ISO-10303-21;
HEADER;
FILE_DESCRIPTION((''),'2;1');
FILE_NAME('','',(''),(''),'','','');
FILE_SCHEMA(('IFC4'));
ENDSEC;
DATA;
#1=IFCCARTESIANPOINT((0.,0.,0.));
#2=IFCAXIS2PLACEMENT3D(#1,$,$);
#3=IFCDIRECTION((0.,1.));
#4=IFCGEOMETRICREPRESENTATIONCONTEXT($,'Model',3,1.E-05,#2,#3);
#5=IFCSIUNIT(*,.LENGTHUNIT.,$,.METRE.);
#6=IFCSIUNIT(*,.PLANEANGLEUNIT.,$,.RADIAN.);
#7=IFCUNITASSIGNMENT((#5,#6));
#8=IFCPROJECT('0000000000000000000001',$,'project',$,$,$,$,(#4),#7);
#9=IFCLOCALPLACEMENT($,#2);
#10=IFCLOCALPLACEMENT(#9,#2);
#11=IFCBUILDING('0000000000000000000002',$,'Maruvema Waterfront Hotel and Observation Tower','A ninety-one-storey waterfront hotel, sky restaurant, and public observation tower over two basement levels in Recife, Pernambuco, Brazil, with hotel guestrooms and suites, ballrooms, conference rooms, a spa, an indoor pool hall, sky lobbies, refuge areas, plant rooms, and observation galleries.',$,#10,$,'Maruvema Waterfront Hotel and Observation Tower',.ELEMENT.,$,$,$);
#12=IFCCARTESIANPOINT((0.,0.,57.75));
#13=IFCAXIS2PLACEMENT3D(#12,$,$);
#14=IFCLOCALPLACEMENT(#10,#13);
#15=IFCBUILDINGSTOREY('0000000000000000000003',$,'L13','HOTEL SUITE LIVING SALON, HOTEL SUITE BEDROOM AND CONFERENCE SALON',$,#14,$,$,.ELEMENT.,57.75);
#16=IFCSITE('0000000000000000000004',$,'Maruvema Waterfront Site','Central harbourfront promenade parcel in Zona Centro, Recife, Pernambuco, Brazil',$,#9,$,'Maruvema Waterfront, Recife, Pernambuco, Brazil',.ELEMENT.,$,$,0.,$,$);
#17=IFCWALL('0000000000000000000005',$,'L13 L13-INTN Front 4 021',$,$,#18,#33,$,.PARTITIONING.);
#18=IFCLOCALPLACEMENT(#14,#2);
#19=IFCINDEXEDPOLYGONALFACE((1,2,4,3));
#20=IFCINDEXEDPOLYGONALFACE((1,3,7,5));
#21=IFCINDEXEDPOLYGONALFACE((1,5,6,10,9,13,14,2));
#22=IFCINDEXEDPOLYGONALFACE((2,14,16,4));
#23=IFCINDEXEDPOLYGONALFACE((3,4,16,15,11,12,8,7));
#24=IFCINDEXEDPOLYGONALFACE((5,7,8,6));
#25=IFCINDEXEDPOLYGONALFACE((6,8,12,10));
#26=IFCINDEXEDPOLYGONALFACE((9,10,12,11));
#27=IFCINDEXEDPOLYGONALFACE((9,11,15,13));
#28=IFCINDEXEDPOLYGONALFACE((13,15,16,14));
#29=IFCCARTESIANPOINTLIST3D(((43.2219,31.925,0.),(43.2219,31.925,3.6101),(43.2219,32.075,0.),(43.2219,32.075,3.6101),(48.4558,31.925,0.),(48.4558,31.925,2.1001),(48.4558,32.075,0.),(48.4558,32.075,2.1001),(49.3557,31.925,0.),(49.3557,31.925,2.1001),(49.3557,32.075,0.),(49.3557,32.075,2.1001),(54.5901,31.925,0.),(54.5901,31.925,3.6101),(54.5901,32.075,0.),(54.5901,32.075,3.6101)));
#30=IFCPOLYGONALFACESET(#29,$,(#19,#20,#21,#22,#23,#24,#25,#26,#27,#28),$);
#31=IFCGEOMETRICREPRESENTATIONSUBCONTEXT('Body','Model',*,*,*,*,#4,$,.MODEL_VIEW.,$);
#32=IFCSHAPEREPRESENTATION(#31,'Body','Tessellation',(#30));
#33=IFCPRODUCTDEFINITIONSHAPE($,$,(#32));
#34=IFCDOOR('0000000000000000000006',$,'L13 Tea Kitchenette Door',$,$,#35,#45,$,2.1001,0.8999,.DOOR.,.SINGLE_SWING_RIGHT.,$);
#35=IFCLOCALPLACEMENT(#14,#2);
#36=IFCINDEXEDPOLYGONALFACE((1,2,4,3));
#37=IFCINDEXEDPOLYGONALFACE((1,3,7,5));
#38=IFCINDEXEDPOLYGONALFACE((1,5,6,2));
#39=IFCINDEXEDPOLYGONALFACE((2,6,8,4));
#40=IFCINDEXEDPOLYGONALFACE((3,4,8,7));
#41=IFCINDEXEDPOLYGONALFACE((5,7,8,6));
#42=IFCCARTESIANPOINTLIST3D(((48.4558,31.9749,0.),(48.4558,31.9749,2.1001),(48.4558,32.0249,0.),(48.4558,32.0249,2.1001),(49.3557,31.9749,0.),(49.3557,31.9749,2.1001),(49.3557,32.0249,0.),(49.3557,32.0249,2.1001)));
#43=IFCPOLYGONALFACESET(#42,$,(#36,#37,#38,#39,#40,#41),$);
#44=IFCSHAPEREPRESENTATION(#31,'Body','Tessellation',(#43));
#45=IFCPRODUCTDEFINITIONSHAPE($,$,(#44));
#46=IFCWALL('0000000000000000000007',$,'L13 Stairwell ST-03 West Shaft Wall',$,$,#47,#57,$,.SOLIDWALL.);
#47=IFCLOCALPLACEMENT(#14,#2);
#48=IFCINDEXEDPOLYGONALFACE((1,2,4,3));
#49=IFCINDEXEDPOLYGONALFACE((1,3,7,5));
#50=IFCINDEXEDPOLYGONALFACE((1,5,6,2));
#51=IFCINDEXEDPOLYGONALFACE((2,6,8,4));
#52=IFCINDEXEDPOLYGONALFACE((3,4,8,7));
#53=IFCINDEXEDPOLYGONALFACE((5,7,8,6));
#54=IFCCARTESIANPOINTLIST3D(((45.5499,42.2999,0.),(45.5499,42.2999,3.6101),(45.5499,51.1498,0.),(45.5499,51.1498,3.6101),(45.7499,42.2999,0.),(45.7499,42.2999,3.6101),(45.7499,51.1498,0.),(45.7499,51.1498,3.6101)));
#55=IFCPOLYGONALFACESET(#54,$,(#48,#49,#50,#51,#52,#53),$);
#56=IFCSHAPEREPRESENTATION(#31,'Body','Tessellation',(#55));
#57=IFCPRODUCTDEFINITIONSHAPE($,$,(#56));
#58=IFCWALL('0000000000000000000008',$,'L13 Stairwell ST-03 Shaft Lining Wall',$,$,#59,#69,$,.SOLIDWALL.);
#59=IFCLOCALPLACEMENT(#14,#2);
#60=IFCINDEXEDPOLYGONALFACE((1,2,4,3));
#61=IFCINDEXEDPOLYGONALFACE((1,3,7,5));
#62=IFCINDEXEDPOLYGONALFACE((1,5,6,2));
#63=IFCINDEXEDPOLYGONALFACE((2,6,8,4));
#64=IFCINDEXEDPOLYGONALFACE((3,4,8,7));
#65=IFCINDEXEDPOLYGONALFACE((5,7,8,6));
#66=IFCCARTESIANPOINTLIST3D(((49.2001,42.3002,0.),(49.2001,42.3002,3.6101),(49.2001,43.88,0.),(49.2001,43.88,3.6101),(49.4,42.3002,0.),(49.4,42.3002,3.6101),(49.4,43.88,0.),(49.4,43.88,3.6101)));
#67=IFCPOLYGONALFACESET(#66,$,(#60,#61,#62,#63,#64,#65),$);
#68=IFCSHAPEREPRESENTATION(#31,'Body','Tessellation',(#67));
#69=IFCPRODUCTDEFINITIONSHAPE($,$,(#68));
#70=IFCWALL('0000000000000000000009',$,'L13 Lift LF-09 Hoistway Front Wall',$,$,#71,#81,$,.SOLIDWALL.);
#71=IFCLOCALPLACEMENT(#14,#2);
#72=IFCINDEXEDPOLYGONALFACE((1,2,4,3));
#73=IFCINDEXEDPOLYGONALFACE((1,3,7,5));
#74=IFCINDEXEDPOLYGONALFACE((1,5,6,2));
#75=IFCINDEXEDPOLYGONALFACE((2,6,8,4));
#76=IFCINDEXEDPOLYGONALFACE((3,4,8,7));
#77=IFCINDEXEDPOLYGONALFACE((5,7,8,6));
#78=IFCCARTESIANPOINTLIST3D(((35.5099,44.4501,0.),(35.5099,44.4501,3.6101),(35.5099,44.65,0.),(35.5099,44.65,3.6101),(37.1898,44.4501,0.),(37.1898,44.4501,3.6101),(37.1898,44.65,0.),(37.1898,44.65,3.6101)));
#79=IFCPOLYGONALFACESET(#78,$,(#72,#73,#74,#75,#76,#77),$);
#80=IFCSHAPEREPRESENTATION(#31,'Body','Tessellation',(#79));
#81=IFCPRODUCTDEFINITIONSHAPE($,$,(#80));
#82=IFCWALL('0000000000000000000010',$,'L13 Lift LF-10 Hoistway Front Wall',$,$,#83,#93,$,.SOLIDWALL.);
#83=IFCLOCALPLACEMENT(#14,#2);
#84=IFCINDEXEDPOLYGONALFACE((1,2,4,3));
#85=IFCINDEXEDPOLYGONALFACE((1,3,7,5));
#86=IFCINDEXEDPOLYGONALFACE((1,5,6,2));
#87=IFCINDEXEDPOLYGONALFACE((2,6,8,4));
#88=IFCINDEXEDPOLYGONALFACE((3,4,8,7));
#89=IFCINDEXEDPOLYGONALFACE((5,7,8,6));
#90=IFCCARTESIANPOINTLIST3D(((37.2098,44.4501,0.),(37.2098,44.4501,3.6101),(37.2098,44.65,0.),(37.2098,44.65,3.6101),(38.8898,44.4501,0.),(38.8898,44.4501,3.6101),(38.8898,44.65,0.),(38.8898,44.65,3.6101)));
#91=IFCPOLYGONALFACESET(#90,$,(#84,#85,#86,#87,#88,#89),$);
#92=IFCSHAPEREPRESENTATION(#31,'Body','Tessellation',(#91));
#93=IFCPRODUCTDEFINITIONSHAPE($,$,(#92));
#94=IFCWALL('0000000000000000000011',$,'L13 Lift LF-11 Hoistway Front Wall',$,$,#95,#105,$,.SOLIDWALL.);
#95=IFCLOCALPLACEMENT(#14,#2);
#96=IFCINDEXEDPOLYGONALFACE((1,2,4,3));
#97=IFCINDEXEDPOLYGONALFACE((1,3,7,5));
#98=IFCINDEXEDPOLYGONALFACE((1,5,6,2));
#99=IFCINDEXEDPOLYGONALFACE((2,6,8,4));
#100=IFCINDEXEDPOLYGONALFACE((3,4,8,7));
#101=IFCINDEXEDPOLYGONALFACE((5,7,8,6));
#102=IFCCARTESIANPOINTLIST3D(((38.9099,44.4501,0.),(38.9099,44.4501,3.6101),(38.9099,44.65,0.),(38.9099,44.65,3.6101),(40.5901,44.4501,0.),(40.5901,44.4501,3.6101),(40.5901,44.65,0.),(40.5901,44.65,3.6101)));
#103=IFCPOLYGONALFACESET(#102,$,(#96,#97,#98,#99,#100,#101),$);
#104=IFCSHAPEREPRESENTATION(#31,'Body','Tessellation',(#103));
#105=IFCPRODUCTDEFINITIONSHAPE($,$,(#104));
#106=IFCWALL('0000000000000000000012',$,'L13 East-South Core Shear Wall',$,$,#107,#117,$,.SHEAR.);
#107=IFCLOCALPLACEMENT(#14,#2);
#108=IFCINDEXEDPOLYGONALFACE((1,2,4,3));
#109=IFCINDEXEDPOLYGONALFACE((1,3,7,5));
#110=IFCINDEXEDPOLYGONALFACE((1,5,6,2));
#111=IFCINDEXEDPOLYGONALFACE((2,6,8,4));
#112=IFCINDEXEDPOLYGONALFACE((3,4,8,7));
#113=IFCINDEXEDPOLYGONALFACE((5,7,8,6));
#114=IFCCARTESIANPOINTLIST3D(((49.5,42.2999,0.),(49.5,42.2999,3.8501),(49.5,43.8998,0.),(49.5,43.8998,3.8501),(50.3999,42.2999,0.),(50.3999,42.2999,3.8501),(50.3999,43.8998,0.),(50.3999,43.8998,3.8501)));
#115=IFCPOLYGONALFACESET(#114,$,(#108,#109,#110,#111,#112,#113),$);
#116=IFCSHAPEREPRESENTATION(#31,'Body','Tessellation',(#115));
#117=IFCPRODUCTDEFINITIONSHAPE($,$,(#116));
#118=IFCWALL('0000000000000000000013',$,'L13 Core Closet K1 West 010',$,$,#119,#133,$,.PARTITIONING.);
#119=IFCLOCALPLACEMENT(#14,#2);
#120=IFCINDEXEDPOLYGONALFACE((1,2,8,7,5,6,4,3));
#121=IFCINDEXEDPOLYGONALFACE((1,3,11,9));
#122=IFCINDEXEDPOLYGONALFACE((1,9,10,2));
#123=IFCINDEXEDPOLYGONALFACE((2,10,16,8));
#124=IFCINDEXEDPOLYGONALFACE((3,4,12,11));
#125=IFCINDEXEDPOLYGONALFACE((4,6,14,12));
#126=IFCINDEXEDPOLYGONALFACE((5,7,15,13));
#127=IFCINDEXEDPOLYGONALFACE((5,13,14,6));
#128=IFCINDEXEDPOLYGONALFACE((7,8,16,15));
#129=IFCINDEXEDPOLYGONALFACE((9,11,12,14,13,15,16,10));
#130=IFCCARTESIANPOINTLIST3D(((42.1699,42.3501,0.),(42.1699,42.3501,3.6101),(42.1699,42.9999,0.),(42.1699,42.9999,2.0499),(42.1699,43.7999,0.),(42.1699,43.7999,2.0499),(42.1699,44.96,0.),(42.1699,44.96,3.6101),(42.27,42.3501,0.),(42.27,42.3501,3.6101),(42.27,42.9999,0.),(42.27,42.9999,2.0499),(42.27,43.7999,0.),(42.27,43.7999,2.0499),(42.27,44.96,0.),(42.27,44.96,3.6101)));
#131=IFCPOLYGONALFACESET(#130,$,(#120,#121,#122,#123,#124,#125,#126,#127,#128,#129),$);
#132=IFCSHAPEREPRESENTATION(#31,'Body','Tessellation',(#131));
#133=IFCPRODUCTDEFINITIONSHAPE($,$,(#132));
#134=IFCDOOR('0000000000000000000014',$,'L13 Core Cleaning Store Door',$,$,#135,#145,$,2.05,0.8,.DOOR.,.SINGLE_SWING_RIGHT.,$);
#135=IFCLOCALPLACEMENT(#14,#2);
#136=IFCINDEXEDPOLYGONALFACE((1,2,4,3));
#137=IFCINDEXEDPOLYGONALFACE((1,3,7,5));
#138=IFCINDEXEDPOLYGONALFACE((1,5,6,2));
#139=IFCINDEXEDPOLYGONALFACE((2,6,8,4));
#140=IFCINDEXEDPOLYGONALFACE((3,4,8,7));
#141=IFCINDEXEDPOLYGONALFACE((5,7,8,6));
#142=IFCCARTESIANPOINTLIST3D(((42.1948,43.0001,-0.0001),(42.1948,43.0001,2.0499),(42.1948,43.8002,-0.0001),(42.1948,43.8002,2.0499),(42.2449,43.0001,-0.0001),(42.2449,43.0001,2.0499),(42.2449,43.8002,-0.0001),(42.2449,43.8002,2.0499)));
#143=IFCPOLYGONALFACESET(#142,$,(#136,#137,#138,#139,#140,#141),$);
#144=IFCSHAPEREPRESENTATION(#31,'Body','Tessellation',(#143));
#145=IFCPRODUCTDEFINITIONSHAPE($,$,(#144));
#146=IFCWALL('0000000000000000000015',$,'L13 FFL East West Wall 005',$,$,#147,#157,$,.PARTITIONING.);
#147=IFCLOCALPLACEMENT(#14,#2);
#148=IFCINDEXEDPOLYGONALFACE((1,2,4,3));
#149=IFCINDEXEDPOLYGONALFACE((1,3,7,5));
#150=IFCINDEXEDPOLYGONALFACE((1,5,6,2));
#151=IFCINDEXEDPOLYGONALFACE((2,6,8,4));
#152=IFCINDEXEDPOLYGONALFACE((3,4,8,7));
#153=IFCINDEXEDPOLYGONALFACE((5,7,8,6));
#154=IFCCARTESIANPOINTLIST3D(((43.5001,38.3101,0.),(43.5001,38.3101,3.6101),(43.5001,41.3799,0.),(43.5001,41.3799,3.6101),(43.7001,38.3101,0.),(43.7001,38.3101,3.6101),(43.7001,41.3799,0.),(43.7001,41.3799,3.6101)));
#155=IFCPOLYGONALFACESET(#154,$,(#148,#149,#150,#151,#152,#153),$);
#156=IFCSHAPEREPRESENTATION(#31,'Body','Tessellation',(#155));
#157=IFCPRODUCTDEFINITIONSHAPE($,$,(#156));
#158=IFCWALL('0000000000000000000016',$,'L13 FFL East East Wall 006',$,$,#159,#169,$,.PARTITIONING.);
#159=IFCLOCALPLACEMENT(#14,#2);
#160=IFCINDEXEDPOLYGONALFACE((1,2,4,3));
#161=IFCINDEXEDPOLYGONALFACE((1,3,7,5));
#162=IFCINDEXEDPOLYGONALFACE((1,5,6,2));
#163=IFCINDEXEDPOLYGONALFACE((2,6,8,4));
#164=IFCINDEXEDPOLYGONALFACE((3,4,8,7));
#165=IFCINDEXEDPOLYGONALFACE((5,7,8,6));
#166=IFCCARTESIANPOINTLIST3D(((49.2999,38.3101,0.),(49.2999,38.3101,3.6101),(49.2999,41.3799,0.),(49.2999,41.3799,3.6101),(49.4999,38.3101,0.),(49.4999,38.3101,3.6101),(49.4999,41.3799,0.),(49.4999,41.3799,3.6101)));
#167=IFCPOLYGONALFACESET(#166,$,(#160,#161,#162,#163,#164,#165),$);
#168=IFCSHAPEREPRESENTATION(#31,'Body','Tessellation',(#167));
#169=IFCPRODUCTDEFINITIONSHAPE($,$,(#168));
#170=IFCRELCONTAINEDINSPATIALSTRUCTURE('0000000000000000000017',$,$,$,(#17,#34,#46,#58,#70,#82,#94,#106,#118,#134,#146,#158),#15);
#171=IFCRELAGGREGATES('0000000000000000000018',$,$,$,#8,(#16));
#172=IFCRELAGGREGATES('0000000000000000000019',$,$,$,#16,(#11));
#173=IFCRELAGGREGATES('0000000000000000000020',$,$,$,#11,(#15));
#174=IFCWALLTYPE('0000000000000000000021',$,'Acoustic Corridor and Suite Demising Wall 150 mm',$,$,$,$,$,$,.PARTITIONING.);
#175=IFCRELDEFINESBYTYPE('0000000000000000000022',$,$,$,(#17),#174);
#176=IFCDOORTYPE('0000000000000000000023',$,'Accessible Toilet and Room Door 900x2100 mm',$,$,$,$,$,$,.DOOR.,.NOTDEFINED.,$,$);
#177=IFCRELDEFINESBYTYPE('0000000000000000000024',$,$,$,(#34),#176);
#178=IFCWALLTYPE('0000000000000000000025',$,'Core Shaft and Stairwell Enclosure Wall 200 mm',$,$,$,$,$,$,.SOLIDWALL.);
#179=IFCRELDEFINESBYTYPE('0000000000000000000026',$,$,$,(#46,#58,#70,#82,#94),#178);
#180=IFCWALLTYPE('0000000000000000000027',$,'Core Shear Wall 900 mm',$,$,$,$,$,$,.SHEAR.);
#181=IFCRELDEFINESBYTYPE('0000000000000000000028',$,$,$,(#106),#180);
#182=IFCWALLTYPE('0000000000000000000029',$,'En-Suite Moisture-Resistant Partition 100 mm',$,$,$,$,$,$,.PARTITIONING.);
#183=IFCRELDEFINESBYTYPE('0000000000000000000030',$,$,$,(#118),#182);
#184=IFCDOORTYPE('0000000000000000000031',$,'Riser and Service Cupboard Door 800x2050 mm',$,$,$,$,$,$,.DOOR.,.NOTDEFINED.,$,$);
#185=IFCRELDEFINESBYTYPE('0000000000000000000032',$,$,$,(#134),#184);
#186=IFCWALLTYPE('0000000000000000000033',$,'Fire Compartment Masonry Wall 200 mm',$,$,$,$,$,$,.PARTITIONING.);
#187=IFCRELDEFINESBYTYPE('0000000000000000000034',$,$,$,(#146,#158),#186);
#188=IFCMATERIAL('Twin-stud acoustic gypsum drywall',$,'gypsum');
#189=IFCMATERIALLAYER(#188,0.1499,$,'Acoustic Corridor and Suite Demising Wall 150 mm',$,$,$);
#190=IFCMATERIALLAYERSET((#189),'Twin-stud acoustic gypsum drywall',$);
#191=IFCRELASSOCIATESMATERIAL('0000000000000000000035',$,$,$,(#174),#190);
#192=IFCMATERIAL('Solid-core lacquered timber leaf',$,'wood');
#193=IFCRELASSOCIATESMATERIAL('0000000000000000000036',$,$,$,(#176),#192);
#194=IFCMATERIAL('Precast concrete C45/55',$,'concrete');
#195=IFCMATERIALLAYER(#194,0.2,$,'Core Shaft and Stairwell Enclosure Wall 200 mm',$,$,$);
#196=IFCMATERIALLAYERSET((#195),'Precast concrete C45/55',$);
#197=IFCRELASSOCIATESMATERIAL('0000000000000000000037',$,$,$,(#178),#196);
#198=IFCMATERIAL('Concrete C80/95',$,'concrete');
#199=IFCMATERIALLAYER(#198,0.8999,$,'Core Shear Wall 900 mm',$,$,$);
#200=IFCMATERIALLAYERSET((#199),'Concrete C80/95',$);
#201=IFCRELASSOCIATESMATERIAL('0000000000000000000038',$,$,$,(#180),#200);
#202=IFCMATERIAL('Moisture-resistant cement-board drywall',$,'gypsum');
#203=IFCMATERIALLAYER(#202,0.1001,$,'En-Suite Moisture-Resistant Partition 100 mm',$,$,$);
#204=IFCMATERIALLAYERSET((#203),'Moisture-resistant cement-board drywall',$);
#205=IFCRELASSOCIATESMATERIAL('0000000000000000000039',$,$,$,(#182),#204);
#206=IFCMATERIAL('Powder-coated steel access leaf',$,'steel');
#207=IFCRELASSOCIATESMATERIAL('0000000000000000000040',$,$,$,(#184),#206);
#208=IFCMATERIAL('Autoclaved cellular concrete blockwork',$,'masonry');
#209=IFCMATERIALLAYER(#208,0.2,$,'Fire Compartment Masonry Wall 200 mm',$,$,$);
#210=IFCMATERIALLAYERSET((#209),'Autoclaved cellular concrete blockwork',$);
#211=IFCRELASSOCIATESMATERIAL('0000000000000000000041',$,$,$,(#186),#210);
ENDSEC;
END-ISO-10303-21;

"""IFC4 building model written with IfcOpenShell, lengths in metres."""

from ifc_helpers import new_model, si_unit, direction, frame, frame_2d, origin, place, context, subcontext, project, spatial, rectangle, extrude, material, layer, layer_set, type_object, element, fill, save


model = new_model("IFC4")

# Units and contexts
model_context = context("Model", 3, precision=1e-05, world=origin(), true_north=direction((0.0, 1.0)))
body_context = subcontext(model_context, "Body", "Model", "MODEL_VIEW")
ifc_project = project(units=[si_unit("LENGTHUNIT", "METRE"), si_unit("PLANEANGLEUNIT", "RADIAN")], contexts=[model_context])

# Site, building, storey
site_placement = place(None, origin())
site = spatial("IfcSite", under=ifc_project, at=site_placement, Name="Maruvema Waterfront Site", Description="Central harbourfront promenade parcel in Zona Centro, Recife, Pernambuco, Brazil", LongName="Maruvema Waterfront, Recife, Pernambuco, Brazil", CompositionType="ELEMENT", RefElevation=0.0)
building_placement = place(site_placement, origin())
building = spatial("IfcBuilding", under=site, at=building_placement, Name="Maruvema Waterfront Hotel and Observation Tower", Description="A ninety-one-storey waterfront hotel, sky restaurant, and public observation tower over two basement levels in Recife, Pernambuco, Brazil, with hotel guestrooms and suites, ballrooms, conference rooms, a spa, an indoor pool hall, sky lobbies, refuge areas, plant rooms, and observation galleries.", LongName="Maruvema Waterfront Hotel and Observation Tower", CompositionType="ELEMENT")
storey_placement = place(building_placement, frame((0.0, 0.0, 57.75)))
storey = spatial("IfcBuildingStorey", under=building, at=storey_placement, Name="L13", Description="HOTEL SUITE LIVING SALON, HOTEL SUITE BEDROOM AND CONFERENCE SALON", CompositionType="ELEMENT", Elevation=57.75)

# Wall, opening, door
ifc_material_1 = material(Name="Twin-stud acoustic gypsum drywall", Category="gypsum")
ifc_layer_1 = layer(ifc_material_1, 0.1499, Name="Acoustic Corridor and Suite Demising Wall 150 mm")
ifc_layer_set_1 = layer_set([ifc_layer_1], Name="Twin-stud acoustic gypsum drywall")
wall_type_1 = type_object("IfcWallType", Name="Acoustic Corridor and Suite Demising Wall 150 mm", PredefinedType="PARTITIONING", material=ifc_layer_set_1)
wall_1_placement = place(storey_placement, frame((43.2219, 32.0, 0.0), z_axis=(0.0, 0.0, 1.0), x_axis=(1.0, 0.0, 0.0)))
wall_1 = element("IfcWall", 1, at=wall_1_placement, inside=storey, type_object=wall_type_1, Name="L13 L13-INTN Front 4 021", PredefinedType="PARTITIONING", context=body_context, shape_type="SweptSolid", body=[
    extrude(rectangle(XDim=11.3682, YDim=0.1499, at=frame_2d((5.6841, 0.0))), origin(), (0.0, 0.0, 1.0), 3.6101),
])
opening_1_placement = place(wall_1_placement, frame((5.2339, 0.0, 0.0)))
opening_1 = element("IfcOpeningElement", 2, at=opening_1_placement, cuts=wall_1, PredefinedType="OPENING", context=body_context, shape_type="SweptSolid", body=[
    extrude(rectangle(XDim=0.8999, YDim=2.1001, at=frame_2d((0.45, 1.05))), frame((0.0, 0.085, 0.0), z_axis=(0.0, -1.0, 0.0), x_axis=(1.0, 0.0, 0.0)), (0.0, 0.0, 1.0), 0.1699),
])
ifc_material_2 = material(Name="Solid-core lacquered timber leaf", Category="wood")
door_type_1 = type_object("IfcDoorType", Name="Accessible Toilet and Room Door 900x2100 mm", OperationType="NOTDEFINED", PredefinedType="DOOR", material=ifc_material_2)
door_1_placement = place(opening_1_placement, origin())
door_1 = element("IfcDoor", 3, at=door_1_placement, inside=storey, type_object=door_type_1, Name="L13 Tea Kitchenette Door", OperationType="SINGLE_SWING_RIGHT", OverallHeight=2.1001, OverallWidth=0.8999, PredefinedType="DOOR", context=body_context, shape_type="SweptSolid", body=[
    extrude(rectangle(XDim=0.8999, YDim=2.1001, at=frame_2d((0.45, 1.05))), frame((0.0, 0.0249, 0.0), z_axis=(0.0, -1.0, 0.0), x_axis=(1.0, 0.0, 0.0)), (0.0, 0.0, 1.0), 0.05),
])
fill(opening_1, door_1)

# Walls
ifc_material_3 = material(Name="Precast concrete C45/55", Category="concrete")
ifc_layer_2 = layer(ifc_material_3, 0.2, Name="Core Shaft and Stairwell Enclosure Wall 200 mm")
ifc_layer_set_2 = layer_set([ifc_layer_2], Name="Precast concrete C45/55")
wall_type_2 = type_object("IfcWallType", Name="Core Shaft and Stairwell Enclosure Wall 200 mm", PredefinedType="SOLIDWALL", material=ifc_layer_set_2)
wall_2_placement = place(storey_placement, frame((45.6499, 42.3, 0.0), z_axis=(0.0, 0.0, 1.0), x_axis=(0.0, 1.0, 0.0)))
element("IfcWall", 4, at=wall_2_placement, inside=storey, type_object=wall_type_2, Name="L13 Stairwell ST-03 West Shaft Wall", PredefinedType="SOLIDWALL", context=body_context, shape_type="SweptSolid", body=[
    extrude(rectangle(XDim=8.8499, YDim=0.2, at=frame_2d((4.4248, 0.0))), origin(), (0.0, 0.0, 1.0), 3.6101),
])
wall_3_placement = place(storey_placement, frame((49.3, 42.3, 0.0), z_axis=(0.0, 0.0, 1.0), x_axis=(0.0, 1.0, 0.0)))
element("IfcWall", 5, at=wall_3_placement, inside=storey, type_object=wall_type_2, Name="L13 Stairwell ST-03 Shaft Lining Wall", PredefinedType="SOLIDWALL", context=body_context, shape_type="SweptSolid", body=[
    extrude(rectangle(XDim=1.5798, YDim=0.2, at=frame_2d((0.79, 0.0))), origin(), (0.0, 0.0, 1.0), 3.6101),
])
for number, where, z_axis, x_axis, name in (
    (6, (35.51, 44.55, 0.0), (0.0, 0.0, 1.0), (1.0, 0.0, 0.0), "L13 Lift LF-09 Hoistway Front Wall"),
    (7, (37.21, 44.55, 0.0), (0.0, 0.0, 1.0), (1.0, 0.0, 0.0), "L13 Lift LF-10 Hoistway Front Wall"),
):
    element("IfcWall", number, at=place(storey_placement, frame(where, z_axis=z_axis, x_axis=x_axis)), inside=storey, type_object=wall_type_2, Name=name, PredefinedType="SOLIDWALL", context=body_context, shape_type="SweptSolid", body=[
        extrude(rectangle(XDim=1.6799, YDim=0.2, at=frame_2d((0.8398, 0.0))), origin(), (0.0, 0.0, 1.0), 3.6101),
    ])
wall_4_placement = place(storey_placement, frame((38.9099, 44.55, 0.0), z_axis=(0.0, 0.0, 1.0), x_axis=(1.0, 0.0, 0.0)))
element("IfcWall", 8, at=wall_4_placement, inside=storey, type_object=wall_type_2, Name="L13 Lift LF-11 Hoistway Front Wall", PredefinedType="SOLIDWALL", context=body_context, shape_type="SweptSolid", body=[
    extrude(rectangle(XDim=1.6802, YDim=0.2, at=frame_2d((0.8401, 0.0))), origin(), (0.0, 0.0, 1.0), 3.6101),
])

# Shared definitions
ifc_material_4 = material(Name="Concrete C80/95", Category="concrete")
ifc_layer_3 = layer(ifc_material_4, 0.8999, Name="Core Shear Wall 900 mm")
ifc_layer_set_3 = layer_set([ifc_layer_3], Name="Concrete C80/95")
wall_type_3 = type_object("IfcWallType", Name="Core Shear Wall 900 mm", PredefinedType="SHEAR", material=ifc_layer_set_3)

# Wall
wall_5_placement = place(storey_placement, frame((49.95, 42.3, 0.0), z_axis=(0.0, 0.0, 1.0), x_axis=(0.0, 1.0, 0.0)))
element("IfcWall", 9, at=wall_5_placement, inside=storey, type_object=wall_type_3, Name="L13 East-South Core Shear Wall", PredefinedType="SHEAR", context=body_context, shape_type="SweptSolid", body=[
    extrude(rectangle(XDim=1.5999, YDim=0.8999, at=frame_2d((0.7998, 0.0))), origin(), (0.0, 0.0, 1.0), 3.8501),
])

# Wall, opening, door
ifc_material_5 = material(Name="Moisture-resistant cement-board drywall", Category="gypsum")
ifc_layer_4 = layer(ifc_material_5, 0.1001, Name="En-Suite Moisture-Resistant Partition 100 mm")
ifc_layer_set_4 = layer_set([ifc_layer_4], Name="Moisture-resistant cement-board drywall")
wall_type_4 = type_object("IfcWallType", Name="En-Suite Moisture-Resistant Partition 100 mm", PredefinedType="PARTITIONING", material=ifc_layer_set_4)
wall_6_placement = place(storey_placement, frame((42.22, 42.3501, 0.0), z_axis=(0.0, 0.0, 1.0), x_axis=(0.0, 1.0, 0.0)))
wall_6 = element("IfcWall", 10, at=wall_6_placement, inside=storey, type_object=wall_type_4, Name="L13 Core Closet K1 West 010", PredefinedType="PARTITIONING", context=body_context, shape_type="SweptSolid", body=[
    extrude(rectangle(XDim=2.6099, YDim=0.1001, at=frame_2d((1.3049, 0.0))), origin(), (0.0, 0.0, 1.0), 3.6101),
])
opening_2_placement = place(wall_6_placement, frame((0.6499, 0.0, 0.0)))
opening_2 = element("IfcOpeningElement", 11, at=opening_2_placement, cuts=wall_6, PredefinedType="OPENING", context=body_context, shape_type="SweptSolid", body=[
    extrude(rectangle(XDim=0.8, YDim=2.05, at=frame_2d((0.3999, 1.0249))), frame((0.0, 0.0601, 0.0), z_axis=(0.0, -1.0, 0.0), x_axis=(1.0, 0.0, 0.0)), (0.0, 0.0, 1.0), 0.1201),
])
ifc_material_6 = material(Name="Powder-coated steel access leaf", Category="steel")
door_type_2 = type_object("IfcDoorType", Name="Riser and Service Cupboard Door 800x2050 mm", OperationType="NOTDEFINED", PredefinedType="DOOR", material=ifc_material_6)
door_2_placement = place(opening_2_placement, frame((0.8, 0.0, 0.0), z_axis=(0.0, 0.0, 1.0), x_axis=(-1.0, 0.0, 0.0)))
door_2 = element("IfcDoor", 12, at=door_2_placement, inside=storey, type_object=door_type_2, Name="L13 Core Cleaning Store Door", OperationType="SINGLE_SWING_RIGHT", OverallHeight=2.05, OverallWidth=0.8, PredefinedType="DOOR", context=body_context, shape_type="SweptSolid", body=[
    extrude(rectangle(XDim=0.8, YDim=2.05, at=frame_2d((0.3999, 1.0249))), frame((0.0, 0.0249, 0.0), z_axis=(0.0, -1.0, 0.0), x_axis=(1.0, 0.0, 0.0)), (0.0, 0.0, 1.0), 0.05),
])
fill(opening_2, door_2)
ifc_material_7 = material(Name="Autoclaved cellular concrete blockwork", Category="masonry")
ifc_layer_5 = layer(ifc_material_7, 0.2, Name="Fire Compartment Masonry Wall 200 mm")
ifc_layer_set_5 = layer_set([ifc_layer_5], Name="Autoclaved cellular concrete blockwork")
wall_type_5 = type_object("IfcWallType", Name="Fire Compartment Masonry Wall 200 mm", PredefinedType="PARTITIONING", material=ifc_layer_set_5)

# Walls
for number, where, z_axis, x_axis, name in (
    (13, (43.6001, 38.3101, 0.0), (0.0, 0.0, 1.0), (0.0, 1.0, 0.0), "L13 FFL East West Wall 005"),
    (14, (49.3999, 38.3101, 0.0), (0.0, 0.0, 1.0), (0.0, 1.0, 0.0), "L13 FFL East East Wall 006"),
):
    element("IfcWall", number, at=place(storey_placement, frame(where, z_axis=z_axis, x_axis=x_axis)), inside=storey, type_object=wall_type_5, Name=name, PredefinedType="PARTITIONING", context=body_context, shape_type="SweptSolid", body=[
        extrude(rectangle(XDim=3.0698, YDim=0.2, at=frame_2d((1.5349, 0.0))), origin(), (0.0, 0.0, 1.0), 3.6101),
    ])

save(model, "model.ifc")
